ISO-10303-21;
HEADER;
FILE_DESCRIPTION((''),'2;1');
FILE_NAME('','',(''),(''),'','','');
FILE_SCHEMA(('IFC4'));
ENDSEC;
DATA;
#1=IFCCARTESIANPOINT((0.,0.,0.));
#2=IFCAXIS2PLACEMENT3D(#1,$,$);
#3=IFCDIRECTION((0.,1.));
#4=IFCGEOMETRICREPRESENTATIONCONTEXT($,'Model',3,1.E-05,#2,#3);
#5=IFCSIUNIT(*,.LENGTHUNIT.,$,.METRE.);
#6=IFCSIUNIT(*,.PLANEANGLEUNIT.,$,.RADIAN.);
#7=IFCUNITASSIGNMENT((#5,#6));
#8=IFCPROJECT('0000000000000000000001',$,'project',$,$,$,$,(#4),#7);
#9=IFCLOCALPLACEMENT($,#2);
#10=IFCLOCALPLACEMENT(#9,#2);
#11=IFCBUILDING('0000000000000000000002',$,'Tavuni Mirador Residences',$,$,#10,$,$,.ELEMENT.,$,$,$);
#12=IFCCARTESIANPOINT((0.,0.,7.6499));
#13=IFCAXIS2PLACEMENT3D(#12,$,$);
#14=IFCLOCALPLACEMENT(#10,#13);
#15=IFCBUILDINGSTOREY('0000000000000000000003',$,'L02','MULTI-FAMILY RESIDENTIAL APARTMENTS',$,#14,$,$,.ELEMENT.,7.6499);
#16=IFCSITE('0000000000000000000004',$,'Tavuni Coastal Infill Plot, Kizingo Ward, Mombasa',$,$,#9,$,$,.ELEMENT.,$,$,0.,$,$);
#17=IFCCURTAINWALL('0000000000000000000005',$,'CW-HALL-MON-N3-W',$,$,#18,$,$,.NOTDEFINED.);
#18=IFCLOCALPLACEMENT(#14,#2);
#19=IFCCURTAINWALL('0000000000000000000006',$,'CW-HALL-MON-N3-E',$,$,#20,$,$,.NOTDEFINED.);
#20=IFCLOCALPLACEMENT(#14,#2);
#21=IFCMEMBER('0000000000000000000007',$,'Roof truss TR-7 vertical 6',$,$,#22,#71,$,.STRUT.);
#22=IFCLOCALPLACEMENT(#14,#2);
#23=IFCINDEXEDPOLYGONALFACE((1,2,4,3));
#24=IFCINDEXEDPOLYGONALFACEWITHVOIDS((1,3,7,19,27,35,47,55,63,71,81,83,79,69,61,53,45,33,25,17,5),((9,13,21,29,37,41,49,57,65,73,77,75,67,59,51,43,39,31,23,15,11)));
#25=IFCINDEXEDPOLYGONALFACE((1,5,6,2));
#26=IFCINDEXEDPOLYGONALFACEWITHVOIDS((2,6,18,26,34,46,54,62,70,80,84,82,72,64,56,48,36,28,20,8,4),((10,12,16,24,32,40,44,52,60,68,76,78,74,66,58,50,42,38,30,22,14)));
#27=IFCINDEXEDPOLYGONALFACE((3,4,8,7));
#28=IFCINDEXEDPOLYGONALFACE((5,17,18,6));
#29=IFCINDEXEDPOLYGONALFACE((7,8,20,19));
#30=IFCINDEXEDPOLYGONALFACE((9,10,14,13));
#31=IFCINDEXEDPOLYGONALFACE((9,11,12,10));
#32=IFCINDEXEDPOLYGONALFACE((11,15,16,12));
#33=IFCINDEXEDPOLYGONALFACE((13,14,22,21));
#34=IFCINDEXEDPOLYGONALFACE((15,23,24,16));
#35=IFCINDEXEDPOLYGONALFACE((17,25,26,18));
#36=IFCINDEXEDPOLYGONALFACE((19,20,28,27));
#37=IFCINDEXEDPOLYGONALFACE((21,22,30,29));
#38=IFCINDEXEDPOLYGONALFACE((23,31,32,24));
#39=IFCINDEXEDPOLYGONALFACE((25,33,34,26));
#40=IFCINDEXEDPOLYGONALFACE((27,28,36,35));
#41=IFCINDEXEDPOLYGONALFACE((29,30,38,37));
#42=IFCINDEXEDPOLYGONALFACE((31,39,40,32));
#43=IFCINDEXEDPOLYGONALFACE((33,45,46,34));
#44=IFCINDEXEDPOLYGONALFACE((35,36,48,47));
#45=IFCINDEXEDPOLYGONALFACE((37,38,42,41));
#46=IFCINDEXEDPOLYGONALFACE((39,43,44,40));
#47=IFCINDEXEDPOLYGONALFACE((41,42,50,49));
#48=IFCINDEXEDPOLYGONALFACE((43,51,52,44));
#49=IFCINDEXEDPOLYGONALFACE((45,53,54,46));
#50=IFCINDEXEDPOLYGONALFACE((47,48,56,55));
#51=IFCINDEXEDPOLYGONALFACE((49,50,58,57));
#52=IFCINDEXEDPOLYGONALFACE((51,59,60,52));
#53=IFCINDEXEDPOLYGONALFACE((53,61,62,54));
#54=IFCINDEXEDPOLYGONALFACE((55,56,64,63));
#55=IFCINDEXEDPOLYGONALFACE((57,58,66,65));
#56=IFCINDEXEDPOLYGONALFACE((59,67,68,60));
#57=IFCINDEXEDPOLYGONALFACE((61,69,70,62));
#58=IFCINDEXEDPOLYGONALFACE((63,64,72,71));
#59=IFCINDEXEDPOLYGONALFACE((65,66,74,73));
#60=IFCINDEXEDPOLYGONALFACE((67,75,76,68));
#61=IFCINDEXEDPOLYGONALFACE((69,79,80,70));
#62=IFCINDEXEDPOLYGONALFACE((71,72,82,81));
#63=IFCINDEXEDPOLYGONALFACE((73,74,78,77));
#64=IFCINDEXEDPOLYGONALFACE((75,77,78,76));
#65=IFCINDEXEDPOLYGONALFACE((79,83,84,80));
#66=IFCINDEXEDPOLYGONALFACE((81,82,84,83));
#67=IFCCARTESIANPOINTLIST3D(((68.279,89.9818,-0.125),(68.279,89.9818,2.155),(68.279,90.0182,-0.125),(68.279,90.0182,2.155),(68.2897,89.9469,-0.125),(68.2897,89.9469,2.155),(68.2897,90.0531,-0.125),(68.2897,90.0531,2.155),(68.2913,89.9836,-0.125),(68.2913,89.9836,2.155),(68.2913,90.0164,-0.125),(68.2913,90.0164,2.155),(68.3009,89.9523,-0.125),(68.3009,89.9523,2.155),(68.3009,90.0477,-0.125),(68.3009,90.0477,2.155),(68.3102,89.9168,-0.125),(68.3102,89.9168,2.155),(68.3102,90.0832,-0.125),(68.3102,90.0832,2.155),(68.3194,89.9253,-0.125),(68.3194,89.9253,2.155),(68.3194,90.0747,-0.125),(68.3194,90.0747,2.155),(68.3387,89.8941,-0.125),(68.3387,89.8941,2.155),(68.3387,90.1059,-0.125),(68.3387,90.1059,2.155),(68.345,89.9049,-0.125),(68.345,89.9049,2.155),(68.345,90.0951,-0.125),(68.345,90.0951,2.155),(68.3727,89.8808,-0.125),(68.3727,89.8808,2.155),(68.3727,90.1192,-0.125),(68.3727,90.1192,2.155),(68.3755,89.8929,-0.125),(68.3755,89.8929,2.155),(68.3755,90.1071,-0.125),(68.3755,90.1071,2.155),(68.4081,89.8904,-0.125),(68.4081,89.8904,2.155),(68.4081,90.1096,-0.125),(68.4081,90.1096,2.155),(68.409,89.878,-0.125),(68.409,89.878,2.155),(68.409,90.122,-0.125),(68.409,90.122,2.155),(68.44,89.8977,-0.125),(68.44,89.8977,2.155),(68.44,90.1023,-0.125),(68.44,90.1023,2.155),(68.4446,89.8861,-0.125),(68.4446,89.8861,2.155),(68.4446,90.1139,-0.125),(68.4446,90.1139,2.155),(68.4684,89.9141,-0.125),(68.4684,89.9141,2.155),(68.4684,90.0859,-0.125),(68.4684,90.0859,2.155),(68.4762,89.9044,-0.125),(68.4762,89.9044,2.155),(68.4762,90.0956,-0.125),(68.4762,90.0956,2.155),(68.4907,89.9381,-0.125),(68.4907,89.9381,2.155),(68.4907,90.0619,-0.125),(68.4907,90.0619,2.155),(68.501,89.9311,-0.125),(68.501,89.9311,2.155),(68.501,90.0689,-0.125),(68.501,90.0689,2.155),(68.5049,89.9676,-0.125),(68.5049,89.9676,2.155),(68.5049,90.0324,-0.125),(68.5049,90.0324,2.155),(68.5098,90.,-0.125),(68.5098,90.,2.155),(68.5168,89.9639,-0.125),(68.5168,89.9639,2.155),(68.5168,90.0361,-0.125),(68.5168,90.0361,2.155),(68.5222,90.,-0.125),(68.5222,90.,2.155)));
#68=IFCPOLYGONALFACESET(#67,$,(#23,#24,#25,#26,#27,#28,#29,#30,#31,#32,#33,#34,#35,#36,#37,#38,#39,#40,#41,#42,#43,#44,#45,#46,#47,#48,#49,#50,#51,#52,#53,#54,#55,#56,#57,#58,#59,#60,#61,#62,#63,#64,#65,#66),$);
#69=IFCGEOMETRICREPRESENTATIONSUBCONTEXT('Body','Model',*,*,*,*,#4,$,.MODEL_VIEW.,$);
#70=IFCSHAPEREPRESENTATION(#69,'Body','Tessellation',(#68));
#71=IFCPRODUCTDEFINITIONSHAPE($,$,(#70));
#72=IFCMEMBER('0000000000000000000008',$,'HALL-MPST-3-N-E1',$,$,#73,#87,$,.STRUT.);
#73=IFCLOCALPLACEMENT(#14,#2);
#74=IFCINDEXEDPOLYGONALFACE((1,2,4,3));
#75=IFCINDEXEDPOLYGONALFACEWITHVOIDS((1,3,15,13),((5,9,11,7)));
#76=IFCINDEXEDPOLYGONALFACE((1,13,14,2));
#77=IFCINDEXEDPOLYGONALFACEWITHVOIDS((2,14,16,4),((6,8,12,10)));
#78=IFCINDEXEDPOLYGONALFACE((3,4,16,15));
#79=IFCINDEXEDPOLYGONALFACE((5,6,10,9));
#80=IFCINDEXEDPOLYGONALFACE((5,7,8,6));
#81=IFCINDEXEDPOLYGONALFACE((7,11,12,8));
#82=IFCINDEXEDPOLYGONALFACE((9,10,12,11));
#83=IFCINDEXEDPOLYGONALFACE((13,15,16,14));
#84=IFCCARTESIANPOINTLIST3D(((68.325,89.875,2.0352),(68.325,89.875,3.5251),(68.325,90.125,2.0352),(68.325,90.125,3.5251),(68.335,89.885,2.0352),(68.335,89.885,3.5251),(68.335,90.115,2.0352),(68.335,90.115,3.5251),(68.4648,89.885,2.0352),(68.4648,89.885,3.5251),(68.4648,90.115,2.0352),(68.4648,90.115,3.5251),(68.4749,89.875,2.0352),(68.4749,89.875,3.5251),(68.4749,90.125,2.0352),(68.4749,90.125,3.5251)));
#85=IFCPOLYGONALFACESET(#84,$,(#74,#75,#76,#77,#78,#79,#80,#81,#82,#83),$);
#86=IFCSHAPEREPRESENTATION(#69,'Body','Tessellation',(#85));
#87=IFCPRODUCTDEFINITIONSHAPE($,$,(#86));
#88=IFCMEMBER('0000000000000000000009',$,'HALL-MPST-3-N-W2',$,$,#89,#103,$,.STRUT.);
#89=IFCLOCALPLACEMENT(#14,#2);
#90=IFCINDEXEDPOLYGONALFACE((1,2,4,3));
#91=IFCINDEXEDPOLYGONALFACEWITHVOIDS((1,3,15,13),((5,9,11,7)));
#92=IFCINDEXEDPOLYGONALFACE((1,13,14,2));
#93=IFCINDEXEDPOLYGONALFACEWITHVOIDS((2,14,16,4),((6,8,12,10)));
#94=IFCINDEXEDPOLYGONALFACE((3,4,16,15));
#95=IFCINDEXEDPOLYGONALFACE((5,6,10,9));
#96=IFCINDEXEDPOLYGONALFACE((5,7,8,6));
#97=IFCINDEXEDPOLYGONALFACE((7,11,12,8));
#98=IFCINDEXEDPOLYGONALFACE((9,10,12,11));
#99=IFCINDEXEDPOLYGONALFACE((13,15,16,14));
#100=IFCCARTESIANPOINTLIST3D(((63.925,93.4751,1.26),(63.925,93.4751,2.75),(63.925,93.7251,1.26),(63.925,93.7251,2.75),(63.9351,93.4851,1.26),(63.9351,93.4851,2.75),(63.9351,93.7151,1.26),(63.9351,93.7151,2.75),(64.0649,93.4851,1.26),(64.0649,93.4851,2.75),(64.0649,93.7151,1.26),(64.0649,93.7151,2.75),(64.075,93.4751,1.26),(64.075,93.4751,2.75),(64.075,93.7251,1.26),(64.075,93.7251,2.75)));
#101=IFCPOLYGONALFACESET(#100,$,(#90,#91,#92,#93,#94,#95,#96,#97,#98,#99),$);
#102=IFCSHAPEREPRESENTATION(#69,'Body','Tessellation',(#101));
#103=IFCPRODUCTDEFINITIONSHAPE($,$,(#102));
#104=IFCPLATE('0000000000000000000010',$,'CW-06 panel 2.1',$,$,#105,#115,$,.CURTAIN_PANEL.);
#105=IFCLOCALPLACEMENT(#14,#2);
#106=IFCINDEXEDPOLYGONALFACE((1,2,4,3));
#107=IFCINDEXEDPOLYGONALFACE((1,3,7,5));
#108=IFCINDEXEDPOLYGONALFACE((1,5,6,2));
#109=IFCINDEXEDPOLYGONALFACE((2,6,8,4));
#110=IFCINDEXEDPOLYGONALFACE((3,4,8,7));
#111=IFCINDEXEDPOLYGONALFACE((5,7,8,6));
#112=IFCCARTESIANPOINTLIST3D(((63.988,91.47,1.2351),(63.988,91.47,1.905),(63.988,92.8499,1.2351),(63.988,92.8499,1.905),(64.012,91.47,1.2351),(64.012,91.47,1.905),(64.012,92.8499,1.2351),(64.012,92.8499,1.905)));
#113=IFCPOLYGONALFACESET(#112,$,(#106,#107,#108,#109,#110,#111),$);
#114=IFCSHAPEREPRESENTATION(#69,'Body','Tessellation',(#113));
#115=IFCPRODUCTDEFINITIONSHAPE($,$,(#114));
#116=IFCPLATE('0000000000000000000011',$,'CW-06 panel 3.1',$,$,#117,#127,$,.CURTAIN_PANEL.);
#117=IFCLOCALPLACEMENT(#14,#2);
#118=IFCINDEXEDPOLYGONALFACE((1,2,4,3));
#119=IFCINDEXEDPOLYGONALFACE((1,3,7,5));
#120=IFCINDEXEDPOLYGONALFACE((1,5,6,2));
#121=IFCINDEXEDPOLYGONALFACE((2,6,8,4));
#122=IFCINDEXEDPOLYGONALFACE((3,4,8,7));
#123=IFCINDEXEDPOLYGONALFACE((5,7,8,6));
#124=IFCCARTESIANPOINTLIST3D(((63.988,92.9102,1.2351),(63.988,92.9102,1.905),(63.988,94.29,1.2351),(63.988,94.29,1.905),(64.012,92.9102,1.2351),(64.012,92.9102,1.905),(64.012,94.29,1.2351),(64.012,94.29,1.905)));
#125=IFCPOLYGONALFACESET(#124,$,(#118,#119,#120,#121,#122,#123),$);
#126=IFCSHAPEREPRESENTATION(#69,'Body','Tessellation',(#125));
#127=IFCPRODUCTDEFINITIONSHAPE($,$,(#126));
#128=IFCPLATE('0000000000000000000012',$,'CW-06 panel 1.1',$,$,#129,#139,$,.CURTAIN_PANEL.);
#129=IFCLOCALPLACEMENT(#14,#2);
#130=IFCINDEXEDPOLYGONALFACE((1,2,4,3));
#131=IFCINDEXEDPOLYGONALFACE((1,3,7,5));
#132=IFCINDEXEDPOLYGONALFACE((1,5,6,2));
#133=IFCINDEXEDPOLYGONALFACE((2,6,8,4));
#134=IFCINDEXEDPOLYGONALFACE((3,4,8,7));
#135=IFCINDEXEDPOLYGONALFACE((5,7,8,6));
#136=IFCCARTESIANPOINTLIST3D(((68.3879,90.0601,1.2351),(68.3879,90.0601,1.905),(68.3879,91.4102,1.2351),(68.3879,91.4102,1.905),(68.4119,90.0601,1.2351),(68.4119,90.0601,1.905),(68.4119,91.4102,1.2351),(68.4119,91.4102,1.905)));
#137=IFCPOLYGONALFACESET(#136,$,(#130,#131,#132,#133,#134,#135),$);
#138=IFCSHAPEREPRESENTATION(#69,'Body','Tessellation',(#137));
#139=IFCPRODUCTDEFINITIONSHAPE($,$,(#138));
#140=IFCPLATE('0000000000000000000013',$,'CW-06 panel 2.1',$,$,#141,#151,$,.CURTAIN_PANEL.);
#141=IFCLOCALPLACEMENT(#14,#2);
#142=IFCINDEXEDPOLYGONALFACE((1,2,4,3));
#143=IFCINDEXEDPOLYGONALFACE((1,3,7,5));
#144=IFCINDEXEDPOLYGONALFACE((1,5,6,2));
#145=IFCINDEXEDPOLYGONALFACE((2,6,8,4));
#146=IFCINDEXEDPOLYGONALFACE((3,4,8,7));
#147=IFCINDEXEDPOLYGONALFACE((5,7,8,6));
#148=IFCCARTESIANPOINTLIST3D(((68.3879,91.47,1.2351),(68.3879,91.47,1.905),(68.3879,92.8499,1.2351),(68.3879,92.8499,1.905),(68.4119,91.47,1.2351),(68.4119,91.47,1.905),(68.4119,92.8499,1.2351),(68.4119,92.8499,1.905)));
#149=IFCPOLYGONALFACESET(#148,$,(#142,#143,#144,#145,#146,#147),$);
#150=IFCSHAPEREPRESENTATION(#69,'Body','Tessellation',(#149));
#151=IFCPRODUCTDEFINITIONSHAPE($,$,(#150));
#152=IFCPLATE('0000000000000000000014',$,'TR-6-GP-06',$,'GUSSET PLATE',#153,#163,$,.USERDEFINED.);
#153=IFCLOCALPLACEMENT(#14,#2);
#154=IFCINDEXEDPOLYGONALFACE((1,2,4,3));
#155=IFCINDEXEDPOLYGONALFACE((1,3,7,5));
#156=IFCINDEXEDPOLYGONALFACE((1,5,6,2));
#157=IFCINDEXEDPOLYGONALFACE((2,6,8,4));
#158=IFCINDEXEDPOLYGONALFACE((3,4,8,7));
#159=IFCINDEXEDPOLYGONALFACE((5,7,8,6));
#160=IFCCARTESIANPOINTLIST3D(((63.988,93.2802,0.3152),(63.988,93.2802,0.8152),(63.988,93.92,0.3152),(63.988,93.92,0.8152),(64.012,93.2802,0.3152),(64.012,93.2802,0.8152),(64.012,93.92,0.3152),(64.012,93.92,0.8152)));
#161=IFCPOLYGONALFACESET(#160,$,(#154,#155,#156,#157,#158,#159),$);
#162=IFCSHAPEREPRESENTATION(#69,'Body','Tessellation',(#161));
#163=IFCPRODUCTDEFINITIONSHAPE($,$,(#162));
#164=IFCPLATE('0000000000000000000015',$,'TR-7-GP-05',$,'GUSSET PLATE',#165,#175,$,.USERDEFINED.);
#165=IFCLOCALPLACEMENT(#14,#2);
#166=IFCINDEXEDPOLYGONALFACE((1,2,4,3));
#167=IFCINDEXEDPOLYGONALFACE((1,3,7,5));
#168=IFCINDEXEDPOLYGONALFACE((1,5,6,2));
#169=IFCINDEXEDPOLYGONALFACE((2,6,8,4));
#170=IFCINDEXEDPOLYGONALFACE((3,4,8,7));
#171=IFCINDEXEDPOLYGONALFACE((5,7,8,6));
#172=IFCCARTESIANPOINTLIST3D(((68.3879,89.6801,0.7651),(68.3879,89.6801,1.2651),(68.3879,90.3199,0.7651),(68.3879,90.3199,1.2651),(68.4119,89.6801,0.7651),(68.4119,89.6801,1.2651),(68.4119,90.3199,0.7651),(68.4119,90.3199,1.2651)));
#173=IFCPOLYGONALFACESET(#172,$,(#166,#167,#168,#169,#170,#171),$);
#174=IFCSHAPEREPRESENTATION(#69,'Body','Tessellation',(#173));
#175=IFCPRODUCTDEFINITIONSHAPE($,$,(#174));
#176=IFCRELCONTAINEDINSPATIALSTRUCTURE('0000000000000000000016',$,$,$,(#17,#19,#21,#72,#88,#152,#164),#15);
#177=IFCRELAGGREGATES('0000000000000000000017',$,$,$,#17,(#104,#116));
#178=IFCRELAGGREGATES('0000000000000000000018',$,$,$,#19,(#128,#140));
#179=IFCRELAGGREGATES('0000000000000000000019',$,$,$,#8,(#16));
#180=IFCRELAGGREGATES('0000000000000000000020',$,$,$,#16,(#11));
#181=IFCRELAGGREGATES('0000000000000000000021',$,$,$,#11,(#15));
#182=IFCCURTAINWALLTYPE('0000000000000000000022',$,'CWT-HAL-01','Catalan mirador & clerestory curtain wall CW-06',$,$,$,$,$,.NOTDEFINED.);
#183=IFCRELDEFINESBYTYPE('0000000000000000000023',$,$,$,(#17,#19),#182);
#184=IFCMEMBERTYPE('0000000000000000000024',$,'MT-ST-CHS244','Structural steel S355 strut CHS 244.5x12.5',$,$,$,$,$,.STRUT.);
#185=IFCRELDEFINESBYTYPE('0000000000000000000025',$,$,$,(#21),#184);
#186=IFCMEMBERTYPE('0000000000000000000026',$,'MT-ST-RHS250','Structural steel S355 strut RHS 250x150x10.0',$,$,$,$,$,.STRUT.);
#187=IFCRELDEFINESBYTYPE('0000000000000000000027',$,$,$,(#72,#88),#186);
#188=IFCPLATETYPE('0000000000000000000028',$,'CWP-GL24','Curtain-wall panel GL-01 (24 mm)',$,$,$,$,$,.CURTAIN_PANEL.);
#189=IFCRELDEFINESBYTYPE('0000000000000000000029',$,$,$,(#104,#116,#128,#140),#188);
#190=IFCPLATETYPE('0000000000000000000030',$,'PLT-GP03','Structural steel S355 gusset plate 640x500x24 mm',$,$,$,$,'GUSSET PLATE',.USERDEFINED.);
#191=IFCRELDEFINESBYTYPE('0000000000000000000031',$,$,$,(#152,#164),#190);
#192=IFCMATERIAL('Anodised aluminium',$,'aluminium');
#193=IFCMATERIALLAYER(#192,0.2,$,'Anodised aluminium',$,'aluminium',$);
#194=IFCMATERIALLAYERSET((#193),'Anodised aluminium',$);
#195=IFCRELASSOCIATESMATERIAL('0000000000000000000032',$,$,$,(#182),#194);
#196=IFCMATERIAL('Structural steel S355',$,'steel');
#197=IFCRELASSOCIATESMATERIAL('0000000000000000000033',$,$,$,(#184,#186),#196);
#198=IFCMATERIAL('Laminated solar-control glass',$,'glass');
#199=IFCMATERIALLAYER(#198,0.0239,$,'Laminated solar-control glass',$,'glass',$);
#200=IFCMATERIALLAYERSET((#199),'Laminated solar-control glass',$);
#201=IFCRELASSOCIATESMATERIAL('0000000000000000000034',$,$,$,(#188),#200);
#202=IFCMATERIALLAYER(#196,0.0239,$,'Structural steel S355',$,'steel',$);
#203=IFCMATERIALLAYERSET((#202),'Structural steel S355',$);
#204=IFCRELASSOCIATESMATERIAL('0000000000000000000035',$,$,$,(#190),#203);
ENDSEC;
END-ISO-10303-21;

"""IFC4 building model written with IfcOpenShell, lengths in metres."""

from ifc_helpers import new_model, si_unit, direction, frame, origin, origin_2d, place, context, subcontext, project, spatial, rectangle, hollow_rectangle, hollow_circle, extrude, material, layer, layer_set, material_profile, profile_set, type_object, element, aggregate, save


model = new_model("IFC4")

# Units and contexts
model_context = context("Model", 3, precision=1e-05, world=origin(), true_north=direction((0.0, 1.0)))
body_context = subcontext(model_context, "Body", "Model", "MODEL_VIEW")
ifc_project = project(units=[si_unit("LENGTHUNIT", "METRE"), si_unit("PLANEANGLEUNIT", "RADIAN")], contexts=[model_context])

# Site, building, storey
site_placement = place(None, origin())
site = spatial("IfcSite", under=ifc_project, at=site_placement, Name="Tavuni Coastal Infill Plot, Kizingo Ward, Mombasa", CompositionType="ELEMENT", RefElevation=0.0)
building_placement = place(site_placement, origin())
building = spatial("IfcBuilding", under=site, at=building_placement, Name="Tavuni Mirador Residences", CompositionType="ELEMENT")
storey_placement = place(building_placement, frame((0.0, 0.0, 7.6499)))
storey = spatial("IfcBuildingStorey", under=building, at=storey_placement, Name="L02", Description="MULTI-FAMILY RESIDENTIAL APARTMENTS", CompositionType="ELEMENT", Elevation=7.6499)

# Curtain walls
ifc_material_1 = material(Name="Anodised aluminium", Category="aluminium")
ifc_layer_1 = layer(ifc_material_1, 0.2, Name="Anodised aluminium", Category="aluminium")
ifc_layer_set_1 = layer_set([ifc_layer_1], Name="Anodised aluminium")
curtain_wall_type = type_object("IfcCurtainWallType", Name="CWT-HAL-01", Description="Catalan mirador & clerestory curtain wall CW-06", PredefinedType="NOTDEFINED", material=ifc_layer_set_1)
curtain_wall_1_placement = place(storey_placement, origin())
curtain_wall_1 = element("IfcCurtainWall", 1, at=curtain_wall_1_placement, inside=storey, type_object=curtain_wall_type, Name="CW-HALL-MON-N3-W", PredefinedType="NOTDEFINED")
curtain_wall_2_placement = place(storey_placement, origin())
curtain_wall_2 = element("IfcCurtainWall", 2, at=curtain_wall_2_placement, inside=storey, type_object=curtain_wall_type, Name="CW-HALL-MON-N3-E", PredefinedType="NOTDEFINED")

# Members
ifc_material_2 = material(Name="Structural steel S355", Category="steel")
ifc_material_profile_1 = material_profile(ifc_material_2, hollow_circle(Radius=0.1223, WallThickness=0.0125, at=origin_2d()), Name="CHS 244.5x12.5", Category="steel")
ifc_profile_set_1 = profile_set([ifc_material_profile_1], Name="Structural steel S355")
member_type_1 = type_object("IfcMemberType", Name="MT-ST-CHS244", Description="Structural steel S355 strut CHS 244.5x12.5", PredefinedType="STRUT", material=ifc_profile_set_1)
member_1_placement = place(storey_placement, frame((68.3999, 90.0, -0.125), z_axis=(0.0, 0.0, 1.0), x_axis=(1.0, 0.0, 0.0)))
element("IfcMember", 3, at=member_1_placement, inside=storey, type_object=member_type_1, Name="Roof truss TR-7 vertical 6", PredefinedType="STRUT", context=body_context, shape_type="SweptSolid", body=[
    extrude(hollow_circle(Radius=0.1223, WallThickness=0.0125, at=origin_2d()), origin(), (0.0, 0.0, 1.0), 2.28),
])
ifc_material_profile_2 = material_profile(ifc_material_2, hollow_rectangle(XDim=0.1499, YDim=0.25, WallThickness=0.01, at=origin_2d()), Name="RHS 250x150x10.0", Category="steel")
ifc_profile_set_2 = profile_set([ifc_material_profile_2], Name="Structural steel S355")
member_type_2 = type_object("IfcMemberType", Name="MT-ST-RHS250", Description="Structural steel S355 strut RHS 250x150x10.0", PredefinedType="STRUT", material=ifc_profile_set_2)
for number, where, z_axis, x_axis, name in (
    (4, (68.3999, 90.0, 2.0352), (0.0, 0.0, 1.0), (1.0, 0.0, 0.0), "HALL-MPST-3-N-E1"),
    (5, (64.0, 93.6001, 1.26), (0.0, 0.0, 1.0), (1.0, 0.0, 0.0), "HALL-MPST-3-N-W2"),
):
    element("IfcMember", number, at=place(storey_placement, frame(where, z_axis=z_axis, x_axis=x_axis)), inside=storey, type_object=member_type_2, Name=name, PredefinedType="STRUT", context=body_context, shape_type="SweptSolid", body=[
        extrude(hollow_rectangle(XDim=0.1499, YDim=0.25, WallThickness=0.01, at=origin_2d()), origin(), (0.0, 0.0, 1.0), 1.49),
    ])

# Plates
ifc_material_3 = material(Name="Laminated solar-control glass", Category="glass")
ifc_layer_2 = layer(ifc_material_3, 0.0239, Name="Laminated solar-control glass", Category="glass")
ifc_layer_set_2 = layer_set([ifc_layer_2], Name="Laminated solar-control glass")
plate_type_1 = type_object("IfcPlateType", Name="CWP-GL24", Description="Curtain-wall panel GL-01 (24 mm)", PredefinedType="CURTAIN_PANEL", material=ifc_layer_set_2)
plate_1_placement = place(storey_placement, frame((64.0, 92.1599, 1.2351), z_axis=(0.0, 0.0, 1.0), x_axis=(0.0, 1.0, 0.0)))
plate_1 = element("IfcPlate", 6, at=plate_1_placement, type_object=plate_type_1, Name="CW-06 panel 2.1", PredefinedType="CURTAIN_PANEL", context=body_context, shape_type="SweptSolid", body=[
    extrude(rectangle(XDim=1.3799, YDim=0.0239, at=origin_2d()), origin(), (0.0, 0.0, 1.0), 0.6699),
])
plate_2_placement = place(storey_placement, frame((64.0, 93.6001, 1.2351), z_axis=(0.0, 0.0, 1.0), x_axis=(0.0, 1.0, 0.0)))
plate_2 = element("IfcPlate", 7, at=plate_2_placement, type_object=plate_type_1, Name="CW-06 panel 3.1", PredefinedType="CURTAIN_PANEL", context=body_context, shape_type="SweptSolid", body=[
    extrude(rectangle(XDim=1.3799, YDim=0.0239, at=origin_2d()), origin(), (0.0, 0.0, 1.0), 0.6699),
])
aggregate(curtain_wall_1, [plate_1, plate_2])
plate_3_placement = place(storey_placement, frame((68.3999, 90.7351, 1.2351), z_axis=(0.0, 0.0, 1.0), x_axis=(0.0, 1.0, 0.0)))
plate_3 = element("IfcPlate", 8, at=plate_3_placement, type_object=plate_type_1, Name="CW-06 panel 1.1", PredefinedType="CURTAIN_PANEL", context=body_context, shape_type="SweptSolid", body=[
    extrude(rectangle(XDim=1.3501, YDim=0.0239, at=origin_2d()), origin(), (0.0, 0.0, 1.0), 0.6699),
])
plate_4_placement = place(storey_placement, frame((68.3999, 92.1599, 1.2351), z_axis=(0.0, 0.0, 1.0), x_axis=(0.0, 1.0, 0.0)))
plate_4 = element("IfcPlate", 9, at=plate_4_placement, type_object=plate_type_1, Name="CW-06 panel 2.1", PredefinedType="CURTAIN_PANEL", context=body_context, shape_type="SweptSolid", body=[
    extrude(rectangle(XDim=1.3799, YDim=0.0239, at=origin_2d()), origin(), (0.0, 0.0, 1.0), 0.6699),
])
aggregate(curtain_wall_2, [plate_3, plate_4])

# Plates
ifc_layer_3 = layer(ifc_material_2, 0.0239, Name="Structural steel S355", Category="steel")
ifc_layer_set_3 = layer_set([ifc_layer_3], Name="Structural steel S355")
plate_type_2 = type_object("IfcPlateType", Name="PLT-GP03", Description="Structural steel S355 gusset plate 640x500x24 mm", ElementType="GUSSET PLATE", PredefinedType="USERDEFINED", material=ifc_layer_set_3)
for number, where, z_axis, x_axis, name in (
    (10, (64.0, 93.6001, 0.3152), (0.0, 0.0, 1.0), (0.0, 1.0, 0.0), "TR-6-GP-06"),
    (11, (68.3999, 90.0, 0.7651), (0.0, 0.0, 1.0), (0.0, 1.0, 0.0), "TR-7-GP-05"),
):
    element("IfcPlate", number, at=place(storey_placement, frame(where, z_axis=z_axis, x_axis=x_axis)), inside=storey, type_object=plate_type_2, Name=name, ObjectType="GUSSET PLATE", PredefinedType="USERDEFINED", context=body_context, shape_type="SweptSolid", body=[
        extrude(rectangle(XDim=0.6399, YDim=0.0239, at=origin_2d()), origin(), (0.0, 0.0, 1.0), 0.5),
    ])

save(model, "model.ifc")
